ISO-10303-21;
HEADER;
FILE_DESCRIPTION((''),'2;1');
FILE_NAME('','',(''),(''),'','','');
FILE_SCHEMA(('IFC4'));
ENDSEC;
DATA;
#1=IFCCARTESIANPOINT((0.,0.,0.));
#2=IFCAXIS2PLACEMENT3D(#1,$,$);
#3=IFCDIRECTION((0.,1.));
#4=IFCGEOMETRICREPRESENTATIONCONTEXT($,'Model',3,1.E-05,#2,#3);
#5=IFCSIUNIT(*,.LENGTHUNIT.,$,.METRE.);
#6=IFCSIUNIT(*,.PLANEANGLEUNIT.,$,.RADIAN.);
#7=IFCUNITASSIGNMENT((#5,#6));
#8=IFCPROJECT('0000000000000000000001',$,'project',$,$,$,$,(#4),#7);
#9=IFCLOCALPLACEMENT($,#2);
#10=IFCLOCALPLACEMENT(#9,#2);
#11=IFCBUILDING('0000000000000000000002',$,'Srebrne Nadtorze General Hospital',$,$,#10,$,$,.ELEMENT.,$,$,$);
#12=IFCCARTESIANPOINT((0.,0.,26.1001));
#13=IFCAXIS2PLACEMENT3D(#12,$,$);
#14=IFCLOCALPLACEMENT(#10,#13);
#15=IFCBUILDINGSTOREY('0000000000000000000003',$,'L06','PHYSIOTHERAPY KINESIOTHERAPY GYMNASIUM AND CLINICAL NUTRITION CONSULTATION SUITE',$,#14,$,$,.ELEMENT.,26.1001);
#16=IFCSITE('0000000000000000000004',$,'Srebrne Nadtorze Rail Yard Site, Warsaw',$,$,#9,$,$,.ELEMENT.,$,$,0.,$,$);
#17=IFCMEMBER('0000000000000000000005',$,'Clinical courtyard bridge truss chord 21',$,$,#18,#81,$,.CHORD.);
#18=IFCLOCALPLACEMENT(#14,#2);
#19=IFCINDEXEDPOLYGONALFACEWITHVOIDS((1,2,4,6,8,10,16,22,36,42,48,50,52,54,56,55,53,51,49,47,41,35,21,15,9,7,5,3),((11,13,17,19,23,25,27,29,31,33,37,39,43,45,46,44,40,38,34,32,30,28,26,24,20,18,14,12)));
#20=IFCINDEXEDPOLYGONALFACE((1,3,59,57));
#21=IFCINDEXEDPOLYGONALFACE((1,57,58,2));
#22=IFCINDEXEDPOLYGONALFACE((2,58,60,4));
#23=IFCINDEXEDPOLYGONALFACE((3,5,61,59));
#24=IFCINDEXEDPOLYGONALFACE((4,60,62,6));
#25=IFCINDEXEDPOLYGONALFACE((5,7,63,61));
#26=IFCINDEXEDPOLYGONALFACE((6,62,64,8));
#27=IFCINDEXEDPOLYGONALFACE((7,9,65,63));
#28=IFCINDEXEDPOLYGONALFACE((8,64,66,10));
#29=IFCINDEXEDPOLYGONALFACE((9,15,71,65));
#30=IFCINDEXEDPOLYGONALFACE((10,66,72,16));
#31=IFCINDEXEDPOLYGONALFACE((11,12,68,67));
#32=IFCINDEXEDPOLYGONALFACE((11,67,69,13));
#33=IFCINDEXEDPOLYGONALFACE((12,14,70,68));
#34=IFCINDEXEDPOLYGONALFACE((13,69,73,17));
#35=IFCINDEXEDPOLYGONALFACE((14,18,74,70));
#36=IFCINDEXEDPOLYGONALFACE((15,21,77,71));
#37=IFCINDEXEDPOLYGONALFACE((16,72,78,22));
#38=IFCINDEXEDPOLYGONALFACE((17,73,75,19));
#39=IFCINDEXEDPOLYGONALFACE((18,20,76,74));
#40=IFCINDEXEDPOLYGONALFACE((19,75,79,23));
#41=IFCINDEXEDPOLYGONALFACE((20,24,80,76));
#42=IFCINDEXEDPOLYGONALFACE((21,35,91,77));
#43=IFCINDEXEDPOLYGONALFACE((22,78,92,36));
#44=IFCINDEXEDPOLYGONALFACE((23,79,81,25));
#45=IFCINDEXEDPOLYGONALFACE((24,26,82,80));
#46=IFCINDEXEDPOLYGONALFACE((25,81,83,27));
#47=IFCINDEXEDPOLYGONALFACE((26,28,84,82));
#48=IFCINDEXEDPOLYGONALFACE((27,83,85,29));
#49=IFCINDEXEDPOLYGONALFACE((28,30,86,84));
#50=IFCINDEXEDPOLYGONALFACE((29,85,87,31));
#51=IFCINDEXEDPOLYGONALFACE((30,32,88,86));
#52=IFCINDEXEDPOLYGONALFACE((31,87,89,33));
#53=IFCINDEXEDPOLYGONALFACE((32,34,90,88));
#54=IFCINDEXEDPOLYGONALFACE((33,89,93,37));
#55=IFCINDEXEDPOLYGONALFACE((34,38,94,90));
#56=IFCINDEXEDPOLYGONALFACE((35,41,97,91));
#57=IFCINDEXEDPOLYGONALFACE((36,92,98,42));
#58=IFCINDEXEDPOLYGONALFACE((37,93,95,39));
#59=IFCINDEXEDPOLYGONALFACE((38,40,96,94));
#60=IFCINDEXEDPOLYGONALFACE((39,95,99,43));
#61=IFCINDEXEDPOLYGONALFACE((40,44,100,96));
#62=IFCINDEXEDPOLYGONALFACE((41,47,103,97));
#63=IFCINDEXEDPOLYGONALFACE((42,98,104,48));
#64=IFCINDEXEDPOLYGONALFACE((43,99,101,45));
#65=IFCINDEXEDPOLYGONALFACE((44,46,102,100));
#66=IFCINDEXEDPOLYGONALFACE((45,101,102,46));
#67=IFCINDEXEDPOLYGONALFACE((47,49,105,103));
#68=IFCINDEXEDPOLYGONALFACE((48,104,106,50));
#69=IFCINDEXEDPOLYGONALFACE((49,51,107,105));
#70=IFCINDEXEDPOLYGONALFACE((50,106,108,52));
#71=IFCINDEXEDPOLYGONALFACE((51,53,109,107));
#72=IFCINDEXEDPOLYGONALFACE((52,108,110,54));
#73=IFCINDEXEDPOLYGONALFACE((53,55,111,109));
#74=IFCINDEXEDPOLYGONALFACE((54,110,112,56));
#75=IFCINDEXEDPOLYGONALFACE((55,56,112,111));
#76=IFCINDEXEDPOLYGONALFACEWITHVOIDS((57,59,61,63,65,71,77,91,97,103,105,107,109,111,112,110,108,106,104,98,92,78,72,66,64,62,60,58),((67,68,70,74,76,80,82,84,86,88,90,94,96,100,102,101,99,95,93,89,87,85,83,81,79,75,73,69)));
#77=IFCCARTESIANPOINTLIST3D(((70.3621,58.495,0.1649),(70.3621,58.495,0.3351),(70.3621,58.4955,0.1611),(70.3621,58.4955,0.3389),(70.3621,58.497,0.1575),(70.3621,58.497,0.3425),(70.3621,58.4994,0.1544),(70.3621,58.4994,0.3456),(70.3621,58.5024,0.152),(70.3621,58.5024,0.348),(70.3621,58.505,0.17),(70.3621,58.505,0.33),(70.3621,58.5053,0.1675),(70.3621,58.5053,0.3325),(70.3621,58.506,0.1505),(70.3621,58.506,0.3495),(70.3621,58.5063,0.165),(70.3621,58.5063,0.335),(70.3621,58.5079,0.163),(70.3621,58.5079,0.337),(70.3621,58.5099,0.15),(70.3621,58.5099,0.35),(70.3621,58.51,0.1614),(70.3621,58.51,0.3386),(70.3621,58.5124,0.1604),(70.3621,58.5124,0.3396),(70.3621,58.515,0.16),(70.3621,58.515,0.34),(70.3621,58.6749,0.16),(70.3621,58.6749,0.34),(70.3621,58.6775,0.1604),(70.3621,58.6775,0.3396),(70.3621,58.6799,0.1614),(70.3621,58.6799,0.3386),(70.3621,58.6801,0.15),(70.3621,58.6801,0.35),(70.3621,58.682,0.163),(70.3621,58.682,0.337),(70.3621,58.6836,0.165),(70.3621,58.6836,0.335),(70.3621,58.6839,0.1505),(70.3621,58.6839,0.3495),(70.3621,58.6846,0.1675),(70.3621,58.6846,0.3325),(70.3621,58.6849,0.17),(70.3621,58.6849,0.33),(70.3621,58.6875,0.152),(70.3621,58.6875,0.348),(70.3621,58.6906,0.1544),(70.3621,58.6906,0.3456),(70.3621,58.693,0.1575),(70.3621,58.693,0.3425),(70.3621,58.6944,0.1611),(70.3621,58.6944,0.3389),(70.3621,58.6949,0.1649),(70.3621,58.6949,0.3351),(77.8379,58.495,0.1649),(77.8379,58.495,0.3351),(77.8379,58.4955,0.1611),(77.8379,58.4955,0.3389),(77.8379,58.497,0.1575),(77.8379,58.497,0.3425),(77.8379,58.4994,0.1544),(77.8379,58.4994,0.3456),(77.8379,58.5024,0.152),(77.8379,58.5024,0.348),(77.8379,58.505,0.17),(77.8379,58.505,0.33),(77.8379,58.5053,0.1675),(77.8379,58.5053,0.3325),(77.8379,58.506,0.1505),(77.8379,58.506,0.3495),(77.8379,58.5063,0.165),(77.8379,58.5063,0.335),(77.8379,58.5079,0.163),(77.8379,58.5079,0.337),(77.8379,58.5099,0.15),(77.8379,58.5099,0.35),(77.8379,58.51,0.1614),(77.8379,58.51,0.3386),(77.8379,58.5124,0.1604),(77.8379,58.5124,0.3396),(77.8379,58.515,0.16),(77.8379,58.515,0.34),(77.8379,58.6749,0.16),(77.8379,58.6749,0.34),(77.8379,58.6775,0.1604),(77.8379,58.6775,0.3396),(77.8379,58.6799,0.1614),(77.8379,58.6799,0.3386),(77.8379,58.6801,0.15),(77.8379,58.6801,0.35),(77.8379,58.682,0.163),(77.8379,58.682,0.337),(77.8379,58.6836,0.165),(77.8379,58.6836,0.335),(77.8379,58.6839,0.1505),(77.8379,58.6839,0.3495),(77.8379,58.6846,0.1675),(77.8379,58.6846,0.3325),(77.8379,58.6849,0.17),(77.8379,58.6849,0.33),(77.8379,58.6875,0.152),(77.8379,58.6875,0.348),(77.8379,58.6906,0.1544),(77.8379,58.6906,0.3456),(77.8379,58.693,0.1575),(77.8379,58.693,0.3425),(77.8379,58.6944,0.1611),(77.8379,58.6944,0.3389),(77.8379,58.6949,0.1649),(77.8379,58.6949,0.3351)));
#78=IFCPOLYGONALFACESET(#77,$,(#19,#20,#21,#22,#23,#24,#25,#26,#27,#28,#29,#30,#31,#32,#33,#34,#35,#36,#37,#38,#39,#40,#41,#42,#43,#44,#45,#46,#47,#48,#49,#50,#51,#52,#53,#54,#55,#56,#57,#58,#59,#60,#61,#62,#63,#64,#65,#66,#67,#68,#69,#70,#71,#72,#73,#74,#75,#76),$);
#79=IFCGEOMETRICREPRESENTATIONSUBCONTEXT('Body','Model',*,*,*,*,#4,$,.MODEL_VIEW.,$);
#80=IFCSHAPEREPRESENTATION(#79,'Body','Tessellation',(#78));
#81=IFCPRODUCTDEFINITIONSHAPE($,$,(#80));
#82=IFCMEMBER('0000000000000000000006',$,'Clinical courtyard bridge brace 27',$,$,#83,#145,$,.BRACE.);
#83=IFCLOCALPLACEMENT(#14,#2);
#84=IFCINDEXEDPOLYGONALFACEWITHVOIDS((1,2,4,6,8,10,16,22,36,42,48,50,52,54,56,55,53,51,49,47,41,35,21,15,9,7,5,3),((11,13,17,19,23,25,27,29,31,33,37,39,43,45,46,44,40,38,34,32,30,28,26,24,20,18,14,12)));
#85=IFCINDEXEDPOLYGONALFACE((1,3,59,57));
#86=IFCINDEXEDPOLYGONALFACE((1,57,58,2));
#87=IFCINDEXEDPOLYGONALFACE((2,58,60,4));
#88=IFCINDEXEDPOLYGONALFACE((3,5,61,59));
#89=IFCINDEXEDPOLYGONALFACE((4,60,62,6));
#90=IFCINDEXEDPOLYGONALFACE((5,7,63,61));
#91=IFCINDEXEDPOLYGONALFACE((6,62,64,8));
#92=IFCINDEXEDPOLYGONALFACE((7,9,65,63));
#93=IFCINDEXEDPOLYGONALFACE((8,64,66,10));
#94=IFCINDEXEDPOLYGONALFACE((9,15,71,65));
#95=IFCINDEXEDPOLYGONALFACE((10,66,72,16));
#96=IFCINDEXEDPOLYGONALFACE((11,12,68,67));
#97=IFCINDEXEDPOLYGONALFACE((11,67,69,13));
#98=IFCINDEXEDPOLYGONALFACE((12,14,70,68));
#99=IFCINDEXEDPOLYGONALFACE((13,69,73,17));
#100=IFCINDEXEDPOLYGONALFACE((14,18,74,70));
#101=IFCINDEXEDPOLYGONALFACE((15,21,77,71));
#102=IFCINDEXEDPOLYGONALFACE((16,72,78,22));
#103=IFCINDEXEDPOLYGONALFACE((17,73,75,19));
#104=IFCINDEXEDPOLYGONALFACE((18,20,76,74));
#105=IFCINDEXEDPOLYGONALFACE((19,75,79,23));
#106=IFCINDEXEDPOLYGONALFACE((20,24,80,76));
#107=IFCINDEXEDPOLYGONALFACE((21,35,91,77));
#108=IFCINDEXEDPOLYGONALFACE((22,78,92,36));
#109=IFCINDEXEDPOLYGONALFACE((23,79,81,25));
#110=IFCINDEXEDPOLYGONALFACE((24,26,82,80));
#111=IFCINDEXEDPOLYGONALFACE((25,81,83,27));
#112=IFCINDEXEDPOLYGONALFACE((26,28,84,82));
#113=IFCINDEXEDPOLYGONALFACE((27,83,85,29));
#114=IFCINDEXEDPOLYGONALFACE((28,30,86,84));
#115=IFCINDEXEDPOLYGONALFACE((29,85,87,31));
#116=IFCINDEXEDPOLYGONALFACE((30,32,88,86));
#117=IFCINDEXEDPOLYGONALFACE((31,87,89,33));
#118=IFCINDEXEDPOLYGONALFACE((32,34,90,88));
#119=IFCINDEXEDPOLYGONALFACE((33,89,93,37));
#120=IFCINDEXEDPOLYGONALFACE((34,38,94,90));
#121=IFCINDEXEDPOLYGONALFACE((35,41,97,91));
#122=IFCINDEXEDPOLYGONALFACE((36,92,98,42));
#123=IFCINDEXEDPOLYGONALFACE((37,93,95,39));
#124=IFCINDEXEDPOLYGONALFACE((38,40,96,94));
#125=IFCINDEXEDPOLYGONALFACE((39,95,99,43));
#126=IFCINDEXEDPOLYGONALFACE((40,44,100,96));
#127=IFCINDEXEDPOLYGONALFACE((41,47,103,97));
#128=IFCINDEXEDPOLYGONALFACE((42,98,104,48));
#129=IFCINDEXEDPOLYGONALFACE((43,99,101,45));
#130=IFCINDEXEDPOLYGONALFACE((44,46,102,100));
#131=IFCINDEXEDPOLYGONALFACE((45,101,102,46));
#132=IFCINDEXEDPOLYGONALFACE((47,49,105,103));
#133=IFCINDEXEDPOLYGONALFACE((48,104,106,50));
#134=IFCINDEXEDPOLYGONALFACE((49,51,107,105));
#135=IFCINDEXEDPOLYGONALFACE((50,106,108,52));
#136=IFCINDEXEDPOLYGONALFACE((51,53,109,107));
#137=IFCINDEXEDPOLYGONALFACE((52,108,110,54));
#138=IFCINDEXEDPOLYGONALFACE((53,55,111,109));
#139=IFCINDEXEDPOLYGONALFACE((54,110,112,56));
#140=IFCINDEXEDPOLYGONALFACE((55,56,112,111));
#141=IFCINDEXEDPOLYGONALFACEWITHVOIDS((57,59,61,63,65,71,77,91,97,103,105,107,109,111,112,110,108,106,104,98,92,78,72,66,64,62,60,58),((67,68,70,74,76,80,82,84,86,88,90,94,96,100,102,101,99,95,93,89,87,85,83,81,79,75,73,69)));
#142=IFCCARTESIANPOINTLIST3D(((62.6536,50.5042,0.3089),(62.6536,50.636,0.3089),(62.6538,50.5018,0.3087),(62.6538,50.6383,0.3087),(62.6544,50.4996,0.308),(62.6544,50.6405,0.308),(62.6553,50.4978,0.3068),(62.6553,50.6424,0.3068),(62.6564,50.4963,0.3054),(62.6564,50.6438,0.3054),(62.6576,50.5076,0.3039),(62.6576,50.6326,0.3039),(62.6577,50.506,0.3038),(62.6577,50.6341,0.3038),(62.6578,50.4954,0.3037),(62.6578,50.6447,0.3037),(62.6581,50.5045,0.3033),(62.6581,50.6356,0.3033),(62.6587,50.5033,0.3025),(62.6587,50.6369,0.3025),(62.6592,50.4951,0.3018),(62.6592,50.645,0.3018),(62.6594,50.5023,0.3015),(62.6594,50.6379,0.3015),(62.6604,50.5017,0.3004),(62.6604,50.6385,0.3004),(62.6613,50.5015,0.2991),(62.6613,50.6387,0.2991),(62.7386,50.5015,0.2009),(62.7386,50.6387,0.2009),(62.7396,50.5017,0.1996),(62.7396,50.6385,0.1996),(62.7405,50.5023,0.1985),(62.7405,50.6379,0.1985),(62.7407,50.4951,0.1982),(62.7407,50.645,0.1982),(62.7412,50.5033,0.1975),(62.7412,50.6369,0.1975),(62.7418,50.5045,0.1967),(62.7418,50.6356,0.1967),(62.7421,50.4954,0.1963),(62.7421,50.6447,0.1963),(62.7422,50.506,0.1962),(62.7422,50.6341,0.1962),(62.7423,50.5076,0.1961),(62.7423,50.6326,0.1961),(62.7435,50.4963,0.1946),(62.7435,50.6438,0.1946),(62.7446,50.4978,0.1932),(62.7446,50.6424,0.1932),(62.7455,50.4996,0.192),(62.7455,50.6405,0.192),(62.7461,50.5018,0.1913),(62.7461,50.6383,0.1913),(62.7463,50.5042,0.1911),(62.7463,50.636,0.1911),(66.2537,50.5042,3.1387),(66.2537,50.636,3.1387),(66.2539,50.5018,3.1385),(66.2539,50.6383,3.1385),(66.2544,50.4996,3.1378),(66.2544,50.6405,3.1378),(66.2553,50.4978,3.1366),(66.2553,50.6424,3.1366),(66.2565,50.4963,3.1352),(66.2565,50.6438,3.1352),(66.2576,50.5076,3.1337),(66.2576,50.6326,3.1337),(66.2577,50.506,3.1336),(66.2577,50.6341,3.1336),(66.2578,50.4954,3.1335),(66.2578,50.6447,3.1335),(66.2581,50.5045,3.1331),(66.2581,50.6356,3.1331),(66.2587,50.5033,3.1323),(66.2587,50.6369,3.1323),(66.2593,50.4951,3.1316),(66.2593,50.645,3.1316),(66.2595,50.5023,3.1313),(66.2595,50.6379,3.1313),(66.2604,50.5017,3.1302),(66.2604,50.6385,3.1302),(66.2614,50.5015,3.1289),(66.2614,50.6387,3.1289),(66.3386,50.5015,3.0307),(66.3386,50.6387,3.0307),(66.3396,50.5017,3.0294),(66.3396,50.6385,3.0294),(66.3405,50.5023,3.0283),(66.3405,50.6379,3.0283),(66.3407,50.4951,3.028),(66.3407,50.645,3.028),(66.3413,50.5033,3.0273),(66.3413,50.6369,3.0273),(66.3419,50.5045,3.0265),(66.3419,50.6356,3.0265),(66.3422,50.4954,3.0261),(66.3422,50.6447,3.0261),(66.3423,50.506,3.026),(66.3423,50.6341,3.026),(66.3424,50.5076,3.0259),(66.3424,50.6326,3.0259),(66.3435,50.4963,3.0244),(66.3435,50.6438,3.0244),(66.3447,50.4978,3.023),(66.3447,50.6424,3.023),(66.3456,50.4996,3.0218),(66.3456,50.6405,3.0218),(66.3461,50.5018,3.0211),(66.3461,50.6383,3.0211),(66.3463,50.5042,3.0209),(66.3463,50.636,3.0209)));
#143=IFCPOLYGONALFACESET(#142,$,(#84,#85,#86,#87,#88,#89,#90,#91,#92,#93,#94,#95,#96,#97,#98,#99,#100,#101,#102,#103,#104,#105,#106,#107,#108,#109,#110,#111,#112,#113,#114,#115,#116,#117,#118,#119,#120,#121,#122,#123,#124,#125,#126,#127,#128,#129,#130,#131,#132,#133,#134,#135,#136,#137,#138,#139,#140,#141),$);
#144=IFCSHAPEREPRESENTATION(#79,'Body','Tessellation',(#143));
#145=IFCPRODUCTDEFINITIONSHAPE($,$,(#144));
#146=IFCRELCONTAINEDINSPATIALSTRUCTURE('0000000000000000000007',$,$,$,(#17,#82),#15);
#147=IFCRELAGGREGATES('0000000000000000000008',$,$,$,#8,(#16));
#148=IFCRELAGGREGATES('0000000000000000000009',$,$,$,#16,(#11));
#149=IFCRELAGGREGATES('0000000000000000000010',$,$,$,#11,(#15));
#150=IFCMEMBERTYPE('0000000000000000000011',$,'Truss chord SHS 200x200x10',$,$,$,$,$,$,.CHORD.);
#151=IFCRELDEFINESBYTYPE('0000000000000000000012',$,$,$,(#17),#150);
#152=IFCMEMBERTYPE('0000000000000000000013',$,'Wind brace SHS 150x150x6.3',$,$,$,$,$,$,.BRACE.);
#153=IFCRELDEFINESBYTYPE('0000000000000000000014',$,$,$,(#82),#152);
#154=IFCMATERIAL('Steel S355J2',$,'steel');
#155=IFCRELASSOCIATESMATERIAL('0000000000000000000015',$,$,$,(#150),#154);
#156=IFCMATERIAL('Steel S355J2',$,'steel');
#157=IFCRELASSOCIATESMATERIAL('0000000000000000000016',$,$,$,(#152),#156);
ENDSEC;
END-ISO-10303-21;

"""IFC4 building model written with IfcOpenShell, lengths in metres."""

from ifc_helpers import new_model, si_unit, direction, frame, origin, origin_2d, place, context, subcontext, project, spatial, hollow_rectangle, extrude, material, material_profile, profile_set, type_object, element, save


model = new_model("IFC4")

# Units and contexts
model_context = context("Model", 3, precision=1e-05, world=origin(), true_north=direction((0.0, 1.0)))
body_context = subcontext(model_context, "Body", "Model", "MODEL_VIEW")
ifc_project = project(units=[si_unit("LENGTHUNIT", "METRE"), si_unit("PLANEANGLEUNIT", "RADIAN")], contexts=[model_context])

# Site, building, storey
site_placement = place(None, origin())
site = spatial("IfcSite", under=ifc_project, at=site_placement, Name="Srebrne Nadtorze Rail Yard Site, Warsaw", CompositionType="ELEMENT", RefElevation=0.0)
building_placement = place(site_placement, origin())
building = spatial("IfcBuilding", under=site, at=building_placement, Name="Srebrne Nadtorze General Hospital", CompositionType="ELEMENT")
storey_placement = place(building_placement, frame((0.0, 0.0, 26.1001)))
storey = spatial("IfcBuildingStorey", under=building, at=storey_placement, Name="L06", Description="PHYSIOTHERAPY KINESIOTHERAPY GYMNASIUM AND CLINICAL NUTRITION CONSULTATION SUITE", CompositionType="ELEMENT", Elevation=26.1001)

# Members
ifc_material_1 = material(Name="Steel S355J2", Category="steel")
ifc_material_profile_1 = material_profile(ifc_material_1, hollow_rectangle(XDim=0.2, YDim=0.2, WallThickness=0.01, InnerFilletRadius=0.01, OuterFilletRadius=0.0149, at=origin_2d()), Name="SHS-200x200x10")
ifc_profile_set_1 = profile_set([ifc_material_profile_1], Name="Steel S355J2")
member_type_1 = type_object("IfcMemberType", Name="Truss chord SHS 200x200x10", PredefinedType="CHORD", material=ifc_profile_set_1)
member_1_placement = place(storey_placement, frame((70.3621, 58.595, 0.25), z_axis=(1.0, 0.0, 0.0), x_axis=(0.0, 1.0, 0.0)))
element("IfcMember", 1, at=member_1_placement, inside=storey, type_object=member_type_1, Name="Clinical courtyard bridge truss chord 21", PredefinedType="CHORD", context=body_context, shape_type="SweptSolid", body=[
    extrude(hollow_rectangle(XDim=0.2, YDim=0.2, WallThickness=0.01, InnerFilletRadius=0.01, OuterFilletRadius=0.0149, at=origin_2d()), origin(), (0.0, 0.0, 1.0), 7.4758),
])
ifc_material_2 = material(Name="Steel S355J2", Category="steel")
ifc_material_profile_2 = material_profile(ifc_material_2, hollow_rectangle(XDim=0.1499, YDim=0.1499, WallThickness=0.0063, InnerFilletRadius=0.0061, OuterFilletRadius=0.009, at=origin_2d()), Name="SHS-150x150x6.3")
ifc_profile_set_2 = profile_set([ifc_material_profile_2], Name="Steel S355J2")
member_type_2 = type_object("IfcMemberType", Name="Wind brace SHS 150x150x6.3", PredefinedType="BRACE", material=ifc_profile_set_2)
member_2_placement = place(storey_placement, frame((62.7, 50.5701, 0.25), z_axis=(0.786193, 0.0, 0.617982), x_axis=(0.0, 1.0, 0.0)))
element("IfcMember", 2, at=member_2_placement, inside=storey, type_object=member_type_2, Name="Clinical courtyard bridge brace 27", PredefinedType="BRACE", context=body_context, shape_type="SweptSolid", body=[
    extrude(hollow_rectangle(XDim=0.1499, YDim=0.1499, WallThickness=0.0063, InnerFilletRadius=0.0061, OuterFilletRadius=0.009, at=origin_2d()), origin(), (0.0, 0.0, 1.0), 4.5791),
])

save(model, "model.ifc")
